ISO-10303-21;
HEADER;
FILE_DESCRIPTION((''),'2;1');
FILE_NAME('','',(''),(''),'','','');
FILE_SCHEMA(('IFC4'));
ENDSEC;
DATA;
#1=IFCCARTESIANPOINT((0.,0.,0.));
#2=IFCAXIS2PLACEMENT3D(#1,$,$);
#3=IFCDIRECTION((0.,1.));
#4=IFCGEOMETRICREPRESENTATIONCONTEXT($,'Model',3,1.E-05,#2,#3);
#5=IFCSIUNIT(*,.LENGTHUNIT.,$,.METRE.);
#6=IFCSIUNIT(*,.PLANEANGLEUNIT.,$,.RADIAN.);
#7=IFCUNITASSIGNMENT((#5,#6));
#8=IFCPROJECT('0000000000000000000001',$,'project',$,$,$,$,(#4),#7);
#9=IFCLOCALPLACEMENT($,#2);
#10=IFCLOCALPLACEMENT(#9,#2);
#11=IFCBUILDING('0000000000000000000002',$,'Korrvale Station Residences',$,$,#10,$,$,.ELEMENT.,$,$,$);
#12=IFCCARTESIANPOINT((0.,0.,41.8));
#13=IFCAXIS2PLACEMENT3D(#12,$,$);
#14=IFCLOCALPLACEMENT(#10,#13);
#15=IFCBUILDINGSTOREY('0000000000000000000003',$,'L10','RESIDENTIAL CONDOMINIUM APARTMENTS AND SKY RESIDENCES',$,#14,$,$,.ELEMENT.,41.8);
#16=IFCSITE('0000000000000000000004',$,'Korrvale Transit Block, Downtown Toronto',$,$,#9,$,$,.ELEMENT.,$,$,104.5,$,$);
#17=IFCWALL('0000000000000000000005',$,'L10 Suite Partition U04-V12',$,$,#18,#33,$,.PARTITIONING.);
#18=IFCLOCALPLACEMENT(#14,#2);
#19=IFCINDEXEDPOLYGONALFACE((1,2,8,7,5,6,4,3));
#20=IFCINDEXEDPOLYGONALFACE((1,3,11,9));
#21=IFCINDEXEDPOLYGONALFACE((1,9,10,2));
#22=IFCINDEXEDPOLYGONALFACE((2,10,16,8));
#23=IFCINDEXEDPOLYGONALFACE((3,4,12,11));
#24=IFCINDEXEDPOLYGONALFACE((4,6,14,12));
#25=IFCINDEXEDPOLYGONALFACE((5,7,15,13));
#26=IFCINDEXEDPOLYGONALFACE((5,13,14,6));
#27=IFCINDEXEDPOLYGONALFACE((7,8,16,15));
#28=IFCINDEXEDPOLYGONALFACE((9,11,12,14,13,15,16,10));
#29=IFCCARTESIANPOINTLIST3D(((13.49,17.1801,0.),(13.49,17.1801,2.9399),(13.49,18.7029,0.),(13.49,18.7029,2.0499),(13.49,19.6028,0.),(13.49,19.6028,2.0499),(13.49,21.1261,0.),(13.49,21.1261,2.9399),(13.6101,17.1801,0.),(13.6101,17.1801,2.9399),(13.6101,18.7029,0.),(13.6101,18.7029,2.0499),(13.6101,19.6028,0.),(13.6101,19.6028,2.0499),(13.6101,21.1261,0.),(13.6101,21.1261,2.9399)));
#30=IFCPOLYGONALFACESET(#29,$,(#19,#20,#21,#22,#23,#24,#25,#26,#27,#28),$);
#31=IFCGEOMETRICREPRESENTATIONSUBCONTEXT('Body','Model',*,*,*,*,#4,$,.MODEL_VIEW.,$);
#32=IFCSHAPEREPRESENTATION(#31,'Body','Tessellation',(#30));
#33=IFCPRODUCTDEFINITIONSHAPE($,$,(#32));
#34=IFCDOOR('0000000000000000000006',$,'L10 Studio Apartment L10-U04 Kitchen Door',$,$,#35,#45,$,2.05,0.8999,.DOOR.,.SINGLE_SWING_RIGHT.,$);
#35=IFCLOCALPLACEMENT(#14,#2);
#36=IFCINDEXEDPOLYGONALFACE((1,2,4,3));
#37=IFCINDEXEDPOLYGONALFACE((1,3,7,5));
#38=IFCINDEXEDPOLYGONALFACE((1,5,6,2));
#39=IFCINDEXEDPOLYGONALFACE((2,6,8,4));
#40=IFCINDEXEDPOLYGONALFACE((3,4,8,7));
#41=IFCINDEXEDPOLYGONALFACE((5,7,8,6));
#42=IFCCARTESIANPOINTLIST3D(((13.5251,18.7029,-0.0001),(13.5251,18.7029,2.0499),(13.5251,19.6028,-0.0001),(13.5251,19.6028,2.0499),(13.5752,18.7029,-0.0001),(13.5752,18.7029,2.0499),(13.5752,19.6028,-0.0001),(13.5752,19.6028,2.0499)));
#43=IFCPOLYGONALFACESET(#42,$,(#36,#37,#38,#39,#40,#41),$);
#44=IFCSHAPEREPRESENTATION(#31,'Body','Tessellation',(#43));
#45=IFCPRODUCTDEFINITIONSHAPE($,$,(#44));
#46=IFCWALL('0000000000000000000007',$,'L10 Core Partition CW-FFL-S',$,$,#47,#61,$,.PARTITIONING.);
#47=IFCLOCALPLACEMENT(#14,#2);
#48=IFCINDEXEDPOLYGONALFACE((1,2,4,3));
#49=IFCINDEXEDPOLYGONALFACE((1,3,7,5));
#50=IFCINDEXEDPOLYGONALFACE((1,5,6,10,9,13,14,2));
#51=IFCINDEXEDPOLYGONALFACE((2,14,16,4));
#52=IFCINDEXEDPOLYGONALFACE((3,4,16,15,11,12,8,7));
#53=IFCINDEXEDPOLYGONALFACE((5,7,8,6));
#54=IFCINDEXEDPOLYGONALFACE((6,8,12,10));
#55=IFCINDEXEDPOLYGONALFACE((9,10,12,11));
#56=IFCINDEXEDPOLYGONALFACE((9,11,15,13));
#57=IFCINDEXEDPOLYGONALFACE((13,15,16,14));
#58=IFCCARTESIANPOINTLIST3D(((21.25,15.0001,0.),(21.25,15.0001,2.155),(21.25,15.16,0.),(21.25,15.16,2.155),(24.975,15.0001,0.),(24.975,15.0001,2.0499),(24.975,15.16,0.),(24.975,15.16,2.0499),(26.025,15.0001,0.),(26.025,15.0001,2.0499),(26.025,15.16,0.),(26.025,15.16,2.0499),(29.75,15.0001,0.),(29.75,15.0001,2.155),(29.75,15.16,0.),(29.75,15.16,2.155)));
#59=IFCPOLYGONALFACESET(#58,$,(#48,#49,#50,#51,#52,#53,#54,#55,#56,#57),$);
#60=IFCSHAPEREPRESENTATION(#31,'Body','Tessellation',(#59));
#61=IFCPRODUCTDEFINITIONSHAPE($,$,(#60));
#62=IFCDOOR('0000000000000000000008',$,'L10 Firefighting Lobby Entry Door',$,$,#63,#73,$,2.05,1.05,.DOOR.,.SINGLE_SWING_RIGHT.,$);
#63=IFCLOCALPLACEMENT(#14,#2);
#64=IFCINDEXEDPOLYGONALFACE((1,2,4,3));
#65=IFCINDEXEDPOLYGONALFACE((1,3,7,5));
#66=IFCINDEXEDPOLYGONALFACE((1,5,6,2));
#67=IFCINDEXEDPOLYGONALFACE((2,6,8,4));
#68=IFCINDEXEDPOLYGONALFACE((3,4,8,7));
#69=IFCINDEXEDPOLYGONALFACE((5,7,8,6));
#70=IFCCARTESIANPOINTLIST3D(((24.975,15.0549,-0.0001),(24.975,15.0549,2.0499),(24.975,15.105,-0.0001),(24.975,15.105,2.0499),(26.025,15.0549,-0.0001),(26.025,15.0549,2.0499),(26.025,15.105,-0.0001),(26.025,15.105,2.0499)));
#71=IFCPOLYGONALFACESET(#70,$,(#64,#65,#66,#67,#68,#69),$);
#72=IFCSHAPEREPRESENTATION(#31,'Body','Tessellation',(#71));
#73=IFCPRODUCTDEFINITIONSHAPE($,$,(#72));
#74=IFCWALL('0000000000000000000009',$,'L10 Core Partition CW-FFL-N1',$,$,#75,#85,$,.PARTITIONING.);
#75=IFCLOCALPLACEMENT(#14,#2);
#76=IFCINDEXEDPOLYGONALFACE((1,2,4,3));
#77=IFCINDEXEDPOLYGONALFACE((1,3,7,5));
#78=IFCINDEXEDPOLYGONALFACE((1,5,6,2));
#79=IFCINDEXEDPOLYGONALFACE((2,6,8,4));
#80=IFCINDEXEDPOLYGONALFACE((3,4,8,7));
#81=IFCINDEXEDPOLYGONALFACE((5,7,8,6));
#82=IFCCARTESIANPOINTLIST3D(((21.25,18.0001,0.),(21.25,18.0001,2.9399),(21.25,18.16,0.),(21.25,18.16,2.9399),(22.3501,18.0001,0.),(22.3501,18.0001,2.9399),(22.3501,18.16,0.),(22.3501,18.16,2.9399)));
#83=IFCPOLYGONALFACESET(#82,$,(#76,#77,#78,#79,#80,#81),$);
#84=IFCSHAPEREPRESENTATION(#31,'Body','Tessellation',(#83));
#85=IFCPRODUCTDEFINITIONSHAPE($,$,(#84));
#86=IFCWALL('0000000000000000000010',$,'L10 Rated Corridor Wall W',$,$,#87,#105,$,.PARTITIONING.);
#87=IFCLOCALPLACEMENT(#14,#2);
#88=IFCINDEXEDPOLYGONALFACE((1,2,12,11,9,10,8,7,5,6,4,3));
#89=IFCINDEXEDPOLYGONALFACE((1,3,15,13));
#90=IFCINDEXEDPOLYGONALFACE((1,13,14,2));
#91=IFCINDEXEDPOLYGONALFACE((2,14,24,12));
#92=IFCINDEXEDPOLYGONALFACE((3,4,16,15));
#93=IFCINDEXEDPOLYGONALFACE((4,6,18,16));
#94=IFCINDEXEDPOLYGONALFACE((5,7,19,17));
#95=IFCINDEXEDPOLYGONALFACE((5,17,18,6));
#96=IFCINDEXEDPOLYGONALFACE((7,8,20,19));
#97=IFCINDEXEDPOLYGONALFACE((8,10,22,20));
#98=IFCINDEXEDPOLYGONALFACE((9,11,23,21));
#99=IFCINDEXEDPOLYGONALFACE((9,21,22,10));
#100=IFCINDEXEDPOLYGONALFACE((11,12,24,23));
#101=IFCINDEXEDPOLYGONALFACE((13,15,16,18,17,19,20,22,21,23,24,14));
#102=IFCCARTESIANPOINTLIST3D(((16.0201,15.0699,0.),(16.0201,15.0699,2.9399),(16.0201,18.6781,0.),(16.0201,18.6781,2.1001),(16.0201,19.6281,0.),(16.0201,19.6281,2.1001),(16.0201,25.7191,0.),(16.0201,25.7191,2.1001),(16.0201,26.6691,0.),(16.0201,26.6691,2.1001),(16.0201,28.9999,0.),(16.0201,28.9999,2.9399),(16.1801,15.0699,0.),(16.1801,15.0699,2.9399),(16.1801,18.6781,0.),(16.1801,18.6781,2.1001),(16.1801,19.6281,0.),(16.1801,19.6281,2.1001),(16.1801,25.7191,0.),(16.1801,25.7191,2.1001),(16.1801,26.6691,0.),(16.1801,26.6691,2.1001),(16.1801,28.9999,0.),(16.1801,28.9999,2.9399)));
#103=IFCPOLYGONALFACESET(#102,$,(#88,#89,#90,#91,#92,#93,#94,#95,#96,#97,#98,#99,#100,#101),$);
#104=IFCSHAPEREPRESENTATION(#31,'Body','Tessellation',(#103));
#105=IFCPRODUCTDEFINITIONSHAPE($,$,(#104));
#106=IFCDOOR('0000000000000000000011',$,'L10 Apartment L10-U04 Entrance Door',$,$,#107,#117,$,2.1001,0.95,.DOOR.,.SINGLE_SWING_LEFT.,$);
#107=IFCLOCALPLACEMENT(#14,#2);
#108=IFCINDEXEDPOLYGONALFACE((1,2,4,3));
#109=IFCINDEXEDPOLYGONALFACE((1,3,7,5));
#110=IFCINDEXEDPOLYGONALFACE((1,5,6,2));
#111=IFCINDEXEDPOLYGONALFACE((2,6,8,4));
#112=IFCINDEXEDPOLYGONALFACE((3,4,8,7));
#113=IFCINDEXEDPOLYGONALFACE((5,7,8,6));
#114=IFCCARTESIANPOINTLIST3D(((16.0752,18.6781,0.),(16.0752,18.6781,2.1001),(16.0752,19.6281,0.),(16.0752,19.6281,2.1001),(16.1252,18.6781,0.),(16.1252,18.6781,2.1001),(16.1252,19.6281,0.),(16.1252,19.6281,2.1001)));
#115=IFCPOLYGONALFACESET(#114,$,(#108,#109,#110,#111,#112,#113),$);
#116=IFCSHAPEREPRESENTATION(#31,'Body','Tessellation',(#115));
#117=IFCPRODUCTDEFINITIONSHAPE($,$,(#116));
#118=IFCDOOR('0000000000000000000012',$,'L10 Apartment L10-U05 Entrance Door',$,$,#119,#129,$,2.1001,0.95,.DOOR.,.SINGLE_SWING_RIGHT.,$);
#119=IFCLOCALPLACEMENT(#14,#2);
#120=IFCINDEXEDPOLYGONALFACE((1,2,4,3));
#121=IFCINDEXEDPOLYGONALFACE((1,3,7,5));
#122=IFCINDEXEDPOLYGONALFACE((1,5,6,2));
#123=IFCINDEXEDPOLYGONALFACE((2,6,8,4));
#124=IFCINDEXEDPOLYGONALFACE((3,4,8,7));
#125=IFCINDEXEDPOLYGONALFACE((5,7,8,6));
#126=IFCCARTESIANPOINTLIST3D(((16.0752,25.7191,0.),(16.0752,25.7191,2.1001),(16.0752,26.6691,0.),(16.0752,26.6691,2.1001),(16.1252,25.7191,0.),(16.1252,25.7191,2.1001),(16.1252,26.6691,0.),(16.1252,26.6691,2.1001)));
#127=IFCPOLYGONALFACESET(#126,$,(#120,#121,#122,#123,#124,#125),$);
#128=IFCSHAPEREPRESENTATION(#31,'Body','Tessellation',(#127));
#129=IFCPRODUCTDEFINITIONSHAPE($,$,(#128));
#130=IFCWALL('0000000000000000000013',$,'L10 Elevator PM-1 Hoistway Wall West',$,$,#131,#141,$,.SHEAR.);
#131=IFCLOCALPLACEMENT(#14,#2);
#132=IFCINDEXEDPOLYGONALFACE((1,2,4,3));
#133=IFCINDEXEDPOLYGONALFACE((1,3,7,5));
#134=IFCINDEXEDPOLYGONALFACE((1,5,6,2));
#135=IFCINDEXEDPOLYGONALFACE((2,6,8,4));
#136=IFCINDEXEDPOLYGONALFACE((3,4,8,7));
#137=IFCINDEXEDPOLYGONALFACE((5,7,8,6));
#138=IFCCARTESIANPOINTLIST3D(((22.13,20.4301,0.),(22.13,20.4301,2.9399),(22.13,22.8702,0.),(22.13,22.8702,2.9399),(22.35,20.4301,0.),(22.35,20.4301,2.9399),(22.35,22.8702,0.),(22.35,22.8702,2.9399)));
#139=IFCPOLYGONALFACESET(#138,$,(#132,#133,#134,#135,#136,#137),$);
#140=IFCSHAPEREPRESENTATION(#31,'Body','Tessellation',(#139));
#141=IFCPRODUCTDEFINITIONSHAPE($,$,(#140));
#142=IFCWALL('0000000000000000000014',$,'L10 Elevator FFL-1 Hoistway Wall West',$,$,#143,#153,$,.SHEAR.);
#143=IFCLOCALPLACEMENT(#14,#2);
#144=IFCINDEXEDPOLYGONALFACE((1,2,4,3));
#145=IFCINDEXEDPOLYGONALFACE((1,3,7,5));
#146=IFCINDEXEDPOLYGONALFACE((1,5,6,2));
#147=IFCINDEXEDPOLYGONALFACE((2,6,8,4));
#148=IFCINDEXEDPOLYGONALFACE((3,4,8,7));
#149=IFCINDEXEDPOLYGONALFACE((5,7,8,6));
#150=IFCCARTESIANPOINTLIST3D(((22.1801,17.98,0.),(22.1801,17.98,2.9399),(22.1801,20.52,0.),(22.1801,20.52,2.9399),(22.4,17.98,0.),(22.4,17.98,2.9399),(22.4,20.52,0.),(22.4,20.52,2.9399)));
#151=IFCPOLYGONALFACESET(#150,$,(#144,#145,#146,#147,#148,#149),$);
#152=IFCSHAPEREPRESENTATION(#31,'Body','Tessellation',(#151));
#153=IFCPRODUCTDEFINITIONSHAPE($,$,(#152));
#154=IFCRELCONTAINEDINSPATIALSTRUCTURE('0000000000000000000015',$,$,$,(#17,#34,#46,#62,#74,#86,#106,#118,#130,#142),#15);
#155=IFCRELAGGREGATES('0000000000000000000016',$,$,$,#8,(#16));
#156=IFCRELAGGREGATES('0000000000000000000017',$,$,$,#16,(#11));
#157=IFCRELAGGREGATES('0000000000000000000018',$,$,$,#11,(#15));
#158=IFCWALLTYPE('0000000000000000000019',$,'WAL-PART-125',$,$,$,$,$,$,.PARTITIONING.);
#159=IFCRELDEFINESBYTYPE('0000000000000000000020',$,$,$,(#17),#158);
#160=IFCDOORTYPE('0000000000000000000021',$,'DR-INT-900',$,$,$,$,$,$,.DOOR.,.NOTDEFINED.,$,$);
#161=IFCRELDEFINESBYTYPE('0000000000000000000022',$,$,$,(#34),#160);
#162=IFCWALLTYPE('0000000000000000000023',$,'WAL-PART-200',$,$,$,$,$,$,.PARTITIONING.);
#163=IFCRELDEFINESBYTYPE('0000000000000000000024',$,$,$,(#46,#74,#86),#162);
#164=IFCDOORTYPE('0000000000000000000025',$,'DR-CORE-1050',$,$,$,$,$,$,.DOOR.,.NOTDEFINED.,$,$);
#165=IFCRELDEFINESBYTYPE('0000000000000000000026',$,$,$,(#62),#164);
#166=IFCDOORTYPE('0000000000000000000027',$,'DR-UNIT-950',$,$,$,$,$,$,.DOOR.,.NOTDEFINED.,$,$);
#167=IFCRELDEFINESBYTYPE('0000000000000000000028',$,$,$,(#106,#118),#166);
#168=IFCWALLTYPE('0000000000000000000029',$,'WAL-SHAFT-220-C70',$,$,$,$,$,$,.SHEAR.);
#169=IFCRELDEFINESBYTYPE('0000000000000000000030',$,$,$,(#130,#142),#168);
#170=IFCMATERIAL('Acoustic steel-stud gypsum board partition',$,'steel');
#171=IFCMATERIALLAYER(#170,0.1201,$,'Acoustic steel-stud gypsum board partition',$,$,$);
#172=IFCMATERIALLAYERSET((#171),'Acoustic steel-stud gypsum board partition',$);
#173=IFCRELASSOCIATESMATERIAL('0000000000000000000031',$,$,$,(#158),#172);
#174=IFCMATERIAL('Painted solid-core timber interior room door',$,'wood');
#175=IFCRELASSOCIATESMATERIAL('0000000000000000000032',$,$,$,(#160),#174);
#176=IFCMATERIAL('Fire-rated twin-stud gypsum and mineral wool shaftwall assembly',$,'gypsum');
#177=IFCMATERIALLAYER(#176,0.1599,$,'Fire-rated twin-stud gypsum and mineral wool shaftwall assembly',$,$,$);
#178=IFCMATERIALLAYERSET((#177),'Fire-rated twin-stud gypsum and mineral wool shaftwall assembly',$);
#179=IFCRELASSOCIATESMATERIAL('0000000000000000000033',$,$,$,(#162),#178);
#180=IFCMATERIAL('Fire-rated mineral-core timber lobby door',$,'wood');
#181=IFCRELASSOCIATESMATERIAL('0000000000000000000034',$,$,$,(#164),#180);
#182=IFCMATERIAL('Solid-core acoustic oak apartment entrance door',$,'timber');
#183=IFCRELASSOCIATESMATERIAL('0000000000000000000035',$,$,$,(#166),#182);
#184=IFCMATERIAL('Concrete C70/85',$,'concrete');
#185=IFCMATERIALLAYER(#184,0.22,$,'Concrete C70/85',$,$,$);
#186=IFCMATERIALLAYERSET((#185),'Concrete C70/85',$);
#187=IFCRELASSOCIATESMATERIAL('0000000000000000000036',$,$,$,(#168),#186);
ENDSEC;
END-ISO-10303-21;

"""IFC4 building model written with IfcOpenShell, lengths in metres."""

from ifc_helpers import new_model, si_unit, direction, frame, frame_2d, origin, place, context, subcontext, project, spatial, rectangle, extrude, material, layer, layer_set, type_object, element, fill, save


model = new_model("IFC4")

# Units and contexts
model_context = context("Model", 3, precision=1e-05, world=origin(), true_north=direction((0.0, 1.0)))
body_context = subcontext(model_context, "Body", "Model", "MODEL_VIEW")
ifc_project = project(units=[si_unit("LENGTHUNIT", "METRE"), si_unit("PLANEANGLEUNIT", "RADIAN")], contexts=[model_context])

# Site, building, storey
site_placement = place(None, origin())
site = spatial("IfcSite", under=ifc_project, at=site_placement, Name="Korrvale Transit Block, Downtown Toronto", CompositionType="ELEMENT", RefElevation=104.5)
building_placement = place(site_placement, origin())
building = spatial("IfcBuilding", under=site, at=building_placement, Name="Korrvale Station Residences", CompositionType="ELEMENT")
storey_placement = place(building_placement, frame((0.0, 0.0, 41.8)))
storey = spatial("IfcBuildingStorey", under=building, at=storey_placement, Name="L10", Description="RESIDENTIAL CONDOMINIUM APARTMENTS AND SKY RESIDENCES", CompositionType="ELEMENT", Elevation=41.8)

# Shared definitions
ifc_material_1 = material(Name="Concrete C70/85", Category="concrete")

# Shared definitions
ifc_material_2 = material(Name="Acoustic steel-stud gypsum board partition", Category="steel")
ifc_layer_1 = layer(ifc_material_2, 0.1201, Name="Acoustic steel-stud gypsum board partition")
ifc_layer_set_1 = layer_set([ifc_layer_1], Name="Acoustic steel-stud gypsum board partition")
wall_type_1 = type_object("IfcWallType", Name="WAL-PART-125", PredefinedType="PARTITIONING", material=ifc_layer_set_1)

# Walls, openings, doors
wall_1_placement = place(storey_placement, frame((13.55, 17.1799, 0.0), z_axis=(0.0, 0.0, 1.0), x_axis=(0.0, 1.0, 0.0)))
wall_1 = element("IfcWall", 1, at=wall_1_placement, inside=storey, type_object=wall_type_1, Name="L10 Suite Partition U04-V12", PredefinedType="PARTITIONING", context=body_context, shape_type="SweptSolid", body=[
    extrude(rectangle(XDim=3.946, YDim=0.1201, at=frame_2d((1.9731, 0.0))), origin(), (0.0, 0.0, 1.0), 2.9399),
])
opening_1_placement = place(wall_1_placement, frame((1.5229, 0.0, 0.0)))
opening_1 = element("IfcOpeningElement", 2, at=opening_1_placement, cuts=wall_1, PredefinedType="OPENING", context=body_context, shape_type="SweptSolid", body=[
    extrude(rectangle(XDim=0.8999, YDim=2.05, at=frame_2d((0.45, 1.0249))), frame((0.0, 0.0701, 0.0), z_axis=(0.0, -1.0, 0.0), x_axis=(1.0, 0.0, 0.0)), (0.0, 0.0, 1.0), 0.1401),
])
ifc_material_3 = material(Name="Painted solid-core timber interior room door", Category="wood")
door_type_1 = type_object("IfcDoorType", Name="DR-INT-900", OperationType="NOTDEFINED", PredefinedType="DOOR", material=ifc_material_3)
door_1_placement = place(opening_1_placement, origin())
door_1 = element("IfcDoor", 3, at=door_1_placement, inside=storey, type_object=door_type_1, Name="L10 Studio Apartment L10-U04 Kitchen Door", OperationType="SINGLE_SWING_RIGHT", OverallHeight=2.05, OverallWidth=0.8999, PredefinedType="DOOR", context=body_context, shape_type="SweptSolid", body=[
    extrude(rectangle(XDim=0.8999, YDim=2.05, at=frame_2d((0.45, 1.0249))), frame((0.0, 0.0249, 0.0), z_axis=(0.0, -1.0, 0.0), x_axis=(1.0, 0.0, 0.0)), (0.0, 0.0, 1.0), 0.05),
])
fill(opening_1, door_1)
ifc_material_4 = material(Name="Fire-rated twin-stud gypsum and mineral wool shaftwall assembly", Category="gypsum")
ifc_layer_2 = layer(ifc_material_4, 0.1599, Name="Fire-rated twin-stud gypsum and mineral wool shaftwall assembly")
ifc_layer_set_2 = layer_set([ifc_layer_2], Name="Fire-rated twin-stud gypsum and mineral wool shaftwall assembly")
wall_type_2 = type_object("IfcWallType", Name="WAL-PART-200", PredefinedType="PARTITIONING", material=ifc_layer_set_2)
wall_2_placement = place(storey_placement, frame((21.25, 15.0801, 0.0), z_axis=(0.0, 0.0, 1.0), x_axis=(1.0, 0.0, 0.0)))
wall_2 = element("IfcWall", 4, at=wall_2_placement, inside=storey, type_object=wall_type_2, Name="L10 Core Partition CW-FFL-S", PredefinedType="PARTITIONING", context=body_context, shape_type="SweptSolid", body=[
    extrude(rectangle(XDim=8.5, YDim=0.1599, at=frame_2d((4.25, 0.0))), origin(), (0.0, 0.0, 1.0), 2.155),
])
opening_2_placement = place(wall_2_placement, frame((3.7251, 0.0, 0.0)))
opening_2 = element("IfcOpeningElement", 5, at=opening_2_placement, cuts=wall_2, PredefinedType="OPENING", context=body_context, shape_type="SweptSolid", body=[
    extrude(rectangle(XDim=1.05, YDim=2.05, at=frame_2d((0.5249, 1.0249))), frame((0.0, 0.0898, 0.0), z_axis=(0.0, -1.0, 0.0), x_axis=(1.0, 0.0, 0.0)), (0.0, 0.0, 1.0), 0.1799),
])
ifc_material_5 = material(Name="Fire-rated mineral-core timber lobby door", Category="wood")
door_type_2 = type_object("IfcDoorType", Name="DR-CORE-1050", OperationType="NOTDEFINED", PredefinedType="DOOR", material=ifc_material_5)
door_2_placement = place(opening_2_placement, origin())
door_2 = element("IfcDoor", 6, at=door_2_placement, inside=storey, type_object=door_type_2, Name="L10 Firefighting Lobby Entry Door", OperationType="SINGLE_SWING_RIGHT", OverallHeight=2.05, OverallWidth=1.05, PredefinedType="DOOR", context=body_context, shape_type="SweptSolid", body=[
    extrude(rectangle(XDim=1.05, YDim=2.05, at=frame_2d((0.5249, 1.0249))), frame((0.0, 0.0249, 0.0), z_axis=(0.0, -1.0, 0.0), x_axis=(1.0, 0.0, 0.0)), (0.0, 0.0, 1.0), 0.05),
])
fill(opening_2, door_2)

# Wall
wall_3_placement = place(storey_placement, frame((21.25, 18.0801, 0.0), z_axis=(0.0, 0.0, 1.0), x_axis=(1.0, 0.0, 0.0)))
element("IfcWall", 7, at=wall_3_placement, inside=storey, type_object=wall_type_2, Name="L10 Core Partition CW-FFL-N1", PredefinedType="PARTITIONING", context=body_context, shape_type="SweptSolid", body=[
    extrude(rectangle(XDim=1.1001, YDim=0.1599, at=frame_2d((0.55, 0.0))), origin(), (0.0, 0.0, 1.0), 2.9399),
])

# Wall, openings, doors
wall_4_placement = place(storey_placement, frame((16.1001, 15.0701, 0.0), z_axis=(0.0, 0.0, 1.0), x_axis=(0.0, 1.0, 0.0)))
wall_4 = element("IfcWall", 8, at=wall_4_placement, inside=storey, type_object=wall_type_2, Name="L10 Rated Corridor Wall W", PredefinedType="PARTITIONING", context=body_context, shape_type="SweptSolid", body=[
    extrude(rectangle(XDim=13.9299, YDim=0.1599, at=frame_2d((6.9648, 0.0))), origin(), (0.0, 0.0, 1.0), 2.9399),
])
opening_3_placement = place(wall_4_placement, frame((3.6079, 0.0, 0.0)))
opening_3 = element("IfcOpeningElement", 9, at=opening_3_placement, cuts=wall_4, PredefinedType="OPENING", context=body_context, shape_type="SweptSolid", body=[
    extrude(rectangle(XDim=0.95, YDim=2.1001, at=frame_2d((0.4751, 1.05))), frame((0.0, 0.0898, 0.0), z_axis=(0.0, -1.0, 0.0), x_axis=(1.0, 0.0, 0.0)), (0.0, 0.0, 1.0), 0.1799),
])
opening_4_placement = place(wall_4_placement, frame((10.6489, 0.0, 0.0)))
opening_4 = element("IfcOpeningElement", 10, at=opening_4_placement, cuts=wall_4, PredefinedType="OPENING", context=body_context, shape_type="SweptSolid", body=[
    extrude(rectangle(XDim=0.95, YDim=2.1001, at=frame_2d((0.4751, 1.05))), frame((0.0, 0.0898, 0.0), z_axis=(0.0, -1.0, 0.0), x_axis=(1.0, 0.0, 0.0)), (0.0, 0.0, 1.0), 0.1799),
])
ifc_material_6 = material(Name="Solid-core acoustic oak apartment entrance door", Category="timber")
door_type_3 = type_object("IfcDoorType", Name="DR-UNIT-950", OperationType="NOTDEFINED", PredefinedType="DOOR", material=ifc_material_6)
door_3_placement = place(opening_3_placement, origin())
door_3 = element("IfcDoor", 11, at=door_3_placement, inside=storey, type_object=door_type_3, Name="L10 Apartment L10-U04 Entrance Door", OperationType="SINGLE_SWING_LEFT", OverallHeight=2.1001, OverallWidth=0.95, PredefinedType="DOOR", context=body_context, shape_type="SweptSolid", body=[
    extrude(rectangle(XDim=0.95, YDim=2.1001, at=frame_2d((0.4751, 1.05))), frame((0.0, 0.0249, 0.0), z_axis=(0.0, -1.0, 0.0), x_axis=(1.0, 0.0, 0.0)), (0.0, 0.0, 1.0), 0.05),
])
fill(opening_3, door_3)
door_4_placement = place(opening_4_placement, origin())
door_4 = element("IfcDoor", 12, at=door_4_placement, inside=storey, type_object=door_type_3, Name="L10 Apartment L10-U05 Entrance Door", OperationType="SINGLE_SWING_RIGHT", OverallHeight=2.1001, OverallWidth=0.95, PredefinedType="DOOR", context=body_context, shape_type="SweptSolid", body=[
    extrude(rectangle(XDim=0.95, YDim=2.1001, at=frame_2d((0.4751, 1.05))), frame((0.0, 0.0249, 0.0), z_axis=(0.0, -1.0, 0.0), x_axis=(1.0, 0.0, 0.0)), (0.0, 0.0, 1.0), 0.05),
])
fill(opening_4, door_4)

# Wall
ifc_layer_3 = layer(ifc_material_1, 0.22, Name="Concrete C70/85")
ifc_layer_set_3 = layer_set([ifc_layer_3], Name="Concrete C70/85")
wall_type_3 = type_object("IfcWallType", Name="WAL-SHAFT-220-C70", PredefinedType="SHEAR", material=ifc_layer_set_3)
wall_5_placement = place(storey_placement, frame((22.24, 20.4299, 0.0), z_axis=(0.0, 0.0, 1.0), x_axis=(0.0, 1.0, 0.0)))
element("IfcWall", 13, at=wall_5_placement, inside=storey, type_object=wall_type_3, Name="L10 Elevator PM-1 Hoistway Wall West", PredefinedType="SHEAR", context=body_context, shape_type="SweptSolid", body=[
    extrude(rectangle(XDim=2.4402, YDim=0.22, at=frame_2d((1.2202, 0.0))), origin(), (0.0, 0.0, 1.0), 2.9399),
])

# Wall
wall_6_placement = place(storey_placement, frame((22.29, 17.98, 0.0), z_axis=(0.0, 0.0, 1.0), x_axis=(0.0, 1.0, 0.0)))
element("IfcWall", 14, at=wall_6_placement, inside=storey, type_object=wall_type_3, Name="L10 Elevator FFL-1 Hoistway Wall West", PredefinedType="SHEAR", context=body_context, shape_type="SweptSolid", body=[
    extrude(rectangle(XDim=2.54, YDim=0.22, at=frame_2d((1.27, 0.0))), origin(), (0.0, 0.0, 1.0), 2.9399),
])

save(model, "model.ifc")
